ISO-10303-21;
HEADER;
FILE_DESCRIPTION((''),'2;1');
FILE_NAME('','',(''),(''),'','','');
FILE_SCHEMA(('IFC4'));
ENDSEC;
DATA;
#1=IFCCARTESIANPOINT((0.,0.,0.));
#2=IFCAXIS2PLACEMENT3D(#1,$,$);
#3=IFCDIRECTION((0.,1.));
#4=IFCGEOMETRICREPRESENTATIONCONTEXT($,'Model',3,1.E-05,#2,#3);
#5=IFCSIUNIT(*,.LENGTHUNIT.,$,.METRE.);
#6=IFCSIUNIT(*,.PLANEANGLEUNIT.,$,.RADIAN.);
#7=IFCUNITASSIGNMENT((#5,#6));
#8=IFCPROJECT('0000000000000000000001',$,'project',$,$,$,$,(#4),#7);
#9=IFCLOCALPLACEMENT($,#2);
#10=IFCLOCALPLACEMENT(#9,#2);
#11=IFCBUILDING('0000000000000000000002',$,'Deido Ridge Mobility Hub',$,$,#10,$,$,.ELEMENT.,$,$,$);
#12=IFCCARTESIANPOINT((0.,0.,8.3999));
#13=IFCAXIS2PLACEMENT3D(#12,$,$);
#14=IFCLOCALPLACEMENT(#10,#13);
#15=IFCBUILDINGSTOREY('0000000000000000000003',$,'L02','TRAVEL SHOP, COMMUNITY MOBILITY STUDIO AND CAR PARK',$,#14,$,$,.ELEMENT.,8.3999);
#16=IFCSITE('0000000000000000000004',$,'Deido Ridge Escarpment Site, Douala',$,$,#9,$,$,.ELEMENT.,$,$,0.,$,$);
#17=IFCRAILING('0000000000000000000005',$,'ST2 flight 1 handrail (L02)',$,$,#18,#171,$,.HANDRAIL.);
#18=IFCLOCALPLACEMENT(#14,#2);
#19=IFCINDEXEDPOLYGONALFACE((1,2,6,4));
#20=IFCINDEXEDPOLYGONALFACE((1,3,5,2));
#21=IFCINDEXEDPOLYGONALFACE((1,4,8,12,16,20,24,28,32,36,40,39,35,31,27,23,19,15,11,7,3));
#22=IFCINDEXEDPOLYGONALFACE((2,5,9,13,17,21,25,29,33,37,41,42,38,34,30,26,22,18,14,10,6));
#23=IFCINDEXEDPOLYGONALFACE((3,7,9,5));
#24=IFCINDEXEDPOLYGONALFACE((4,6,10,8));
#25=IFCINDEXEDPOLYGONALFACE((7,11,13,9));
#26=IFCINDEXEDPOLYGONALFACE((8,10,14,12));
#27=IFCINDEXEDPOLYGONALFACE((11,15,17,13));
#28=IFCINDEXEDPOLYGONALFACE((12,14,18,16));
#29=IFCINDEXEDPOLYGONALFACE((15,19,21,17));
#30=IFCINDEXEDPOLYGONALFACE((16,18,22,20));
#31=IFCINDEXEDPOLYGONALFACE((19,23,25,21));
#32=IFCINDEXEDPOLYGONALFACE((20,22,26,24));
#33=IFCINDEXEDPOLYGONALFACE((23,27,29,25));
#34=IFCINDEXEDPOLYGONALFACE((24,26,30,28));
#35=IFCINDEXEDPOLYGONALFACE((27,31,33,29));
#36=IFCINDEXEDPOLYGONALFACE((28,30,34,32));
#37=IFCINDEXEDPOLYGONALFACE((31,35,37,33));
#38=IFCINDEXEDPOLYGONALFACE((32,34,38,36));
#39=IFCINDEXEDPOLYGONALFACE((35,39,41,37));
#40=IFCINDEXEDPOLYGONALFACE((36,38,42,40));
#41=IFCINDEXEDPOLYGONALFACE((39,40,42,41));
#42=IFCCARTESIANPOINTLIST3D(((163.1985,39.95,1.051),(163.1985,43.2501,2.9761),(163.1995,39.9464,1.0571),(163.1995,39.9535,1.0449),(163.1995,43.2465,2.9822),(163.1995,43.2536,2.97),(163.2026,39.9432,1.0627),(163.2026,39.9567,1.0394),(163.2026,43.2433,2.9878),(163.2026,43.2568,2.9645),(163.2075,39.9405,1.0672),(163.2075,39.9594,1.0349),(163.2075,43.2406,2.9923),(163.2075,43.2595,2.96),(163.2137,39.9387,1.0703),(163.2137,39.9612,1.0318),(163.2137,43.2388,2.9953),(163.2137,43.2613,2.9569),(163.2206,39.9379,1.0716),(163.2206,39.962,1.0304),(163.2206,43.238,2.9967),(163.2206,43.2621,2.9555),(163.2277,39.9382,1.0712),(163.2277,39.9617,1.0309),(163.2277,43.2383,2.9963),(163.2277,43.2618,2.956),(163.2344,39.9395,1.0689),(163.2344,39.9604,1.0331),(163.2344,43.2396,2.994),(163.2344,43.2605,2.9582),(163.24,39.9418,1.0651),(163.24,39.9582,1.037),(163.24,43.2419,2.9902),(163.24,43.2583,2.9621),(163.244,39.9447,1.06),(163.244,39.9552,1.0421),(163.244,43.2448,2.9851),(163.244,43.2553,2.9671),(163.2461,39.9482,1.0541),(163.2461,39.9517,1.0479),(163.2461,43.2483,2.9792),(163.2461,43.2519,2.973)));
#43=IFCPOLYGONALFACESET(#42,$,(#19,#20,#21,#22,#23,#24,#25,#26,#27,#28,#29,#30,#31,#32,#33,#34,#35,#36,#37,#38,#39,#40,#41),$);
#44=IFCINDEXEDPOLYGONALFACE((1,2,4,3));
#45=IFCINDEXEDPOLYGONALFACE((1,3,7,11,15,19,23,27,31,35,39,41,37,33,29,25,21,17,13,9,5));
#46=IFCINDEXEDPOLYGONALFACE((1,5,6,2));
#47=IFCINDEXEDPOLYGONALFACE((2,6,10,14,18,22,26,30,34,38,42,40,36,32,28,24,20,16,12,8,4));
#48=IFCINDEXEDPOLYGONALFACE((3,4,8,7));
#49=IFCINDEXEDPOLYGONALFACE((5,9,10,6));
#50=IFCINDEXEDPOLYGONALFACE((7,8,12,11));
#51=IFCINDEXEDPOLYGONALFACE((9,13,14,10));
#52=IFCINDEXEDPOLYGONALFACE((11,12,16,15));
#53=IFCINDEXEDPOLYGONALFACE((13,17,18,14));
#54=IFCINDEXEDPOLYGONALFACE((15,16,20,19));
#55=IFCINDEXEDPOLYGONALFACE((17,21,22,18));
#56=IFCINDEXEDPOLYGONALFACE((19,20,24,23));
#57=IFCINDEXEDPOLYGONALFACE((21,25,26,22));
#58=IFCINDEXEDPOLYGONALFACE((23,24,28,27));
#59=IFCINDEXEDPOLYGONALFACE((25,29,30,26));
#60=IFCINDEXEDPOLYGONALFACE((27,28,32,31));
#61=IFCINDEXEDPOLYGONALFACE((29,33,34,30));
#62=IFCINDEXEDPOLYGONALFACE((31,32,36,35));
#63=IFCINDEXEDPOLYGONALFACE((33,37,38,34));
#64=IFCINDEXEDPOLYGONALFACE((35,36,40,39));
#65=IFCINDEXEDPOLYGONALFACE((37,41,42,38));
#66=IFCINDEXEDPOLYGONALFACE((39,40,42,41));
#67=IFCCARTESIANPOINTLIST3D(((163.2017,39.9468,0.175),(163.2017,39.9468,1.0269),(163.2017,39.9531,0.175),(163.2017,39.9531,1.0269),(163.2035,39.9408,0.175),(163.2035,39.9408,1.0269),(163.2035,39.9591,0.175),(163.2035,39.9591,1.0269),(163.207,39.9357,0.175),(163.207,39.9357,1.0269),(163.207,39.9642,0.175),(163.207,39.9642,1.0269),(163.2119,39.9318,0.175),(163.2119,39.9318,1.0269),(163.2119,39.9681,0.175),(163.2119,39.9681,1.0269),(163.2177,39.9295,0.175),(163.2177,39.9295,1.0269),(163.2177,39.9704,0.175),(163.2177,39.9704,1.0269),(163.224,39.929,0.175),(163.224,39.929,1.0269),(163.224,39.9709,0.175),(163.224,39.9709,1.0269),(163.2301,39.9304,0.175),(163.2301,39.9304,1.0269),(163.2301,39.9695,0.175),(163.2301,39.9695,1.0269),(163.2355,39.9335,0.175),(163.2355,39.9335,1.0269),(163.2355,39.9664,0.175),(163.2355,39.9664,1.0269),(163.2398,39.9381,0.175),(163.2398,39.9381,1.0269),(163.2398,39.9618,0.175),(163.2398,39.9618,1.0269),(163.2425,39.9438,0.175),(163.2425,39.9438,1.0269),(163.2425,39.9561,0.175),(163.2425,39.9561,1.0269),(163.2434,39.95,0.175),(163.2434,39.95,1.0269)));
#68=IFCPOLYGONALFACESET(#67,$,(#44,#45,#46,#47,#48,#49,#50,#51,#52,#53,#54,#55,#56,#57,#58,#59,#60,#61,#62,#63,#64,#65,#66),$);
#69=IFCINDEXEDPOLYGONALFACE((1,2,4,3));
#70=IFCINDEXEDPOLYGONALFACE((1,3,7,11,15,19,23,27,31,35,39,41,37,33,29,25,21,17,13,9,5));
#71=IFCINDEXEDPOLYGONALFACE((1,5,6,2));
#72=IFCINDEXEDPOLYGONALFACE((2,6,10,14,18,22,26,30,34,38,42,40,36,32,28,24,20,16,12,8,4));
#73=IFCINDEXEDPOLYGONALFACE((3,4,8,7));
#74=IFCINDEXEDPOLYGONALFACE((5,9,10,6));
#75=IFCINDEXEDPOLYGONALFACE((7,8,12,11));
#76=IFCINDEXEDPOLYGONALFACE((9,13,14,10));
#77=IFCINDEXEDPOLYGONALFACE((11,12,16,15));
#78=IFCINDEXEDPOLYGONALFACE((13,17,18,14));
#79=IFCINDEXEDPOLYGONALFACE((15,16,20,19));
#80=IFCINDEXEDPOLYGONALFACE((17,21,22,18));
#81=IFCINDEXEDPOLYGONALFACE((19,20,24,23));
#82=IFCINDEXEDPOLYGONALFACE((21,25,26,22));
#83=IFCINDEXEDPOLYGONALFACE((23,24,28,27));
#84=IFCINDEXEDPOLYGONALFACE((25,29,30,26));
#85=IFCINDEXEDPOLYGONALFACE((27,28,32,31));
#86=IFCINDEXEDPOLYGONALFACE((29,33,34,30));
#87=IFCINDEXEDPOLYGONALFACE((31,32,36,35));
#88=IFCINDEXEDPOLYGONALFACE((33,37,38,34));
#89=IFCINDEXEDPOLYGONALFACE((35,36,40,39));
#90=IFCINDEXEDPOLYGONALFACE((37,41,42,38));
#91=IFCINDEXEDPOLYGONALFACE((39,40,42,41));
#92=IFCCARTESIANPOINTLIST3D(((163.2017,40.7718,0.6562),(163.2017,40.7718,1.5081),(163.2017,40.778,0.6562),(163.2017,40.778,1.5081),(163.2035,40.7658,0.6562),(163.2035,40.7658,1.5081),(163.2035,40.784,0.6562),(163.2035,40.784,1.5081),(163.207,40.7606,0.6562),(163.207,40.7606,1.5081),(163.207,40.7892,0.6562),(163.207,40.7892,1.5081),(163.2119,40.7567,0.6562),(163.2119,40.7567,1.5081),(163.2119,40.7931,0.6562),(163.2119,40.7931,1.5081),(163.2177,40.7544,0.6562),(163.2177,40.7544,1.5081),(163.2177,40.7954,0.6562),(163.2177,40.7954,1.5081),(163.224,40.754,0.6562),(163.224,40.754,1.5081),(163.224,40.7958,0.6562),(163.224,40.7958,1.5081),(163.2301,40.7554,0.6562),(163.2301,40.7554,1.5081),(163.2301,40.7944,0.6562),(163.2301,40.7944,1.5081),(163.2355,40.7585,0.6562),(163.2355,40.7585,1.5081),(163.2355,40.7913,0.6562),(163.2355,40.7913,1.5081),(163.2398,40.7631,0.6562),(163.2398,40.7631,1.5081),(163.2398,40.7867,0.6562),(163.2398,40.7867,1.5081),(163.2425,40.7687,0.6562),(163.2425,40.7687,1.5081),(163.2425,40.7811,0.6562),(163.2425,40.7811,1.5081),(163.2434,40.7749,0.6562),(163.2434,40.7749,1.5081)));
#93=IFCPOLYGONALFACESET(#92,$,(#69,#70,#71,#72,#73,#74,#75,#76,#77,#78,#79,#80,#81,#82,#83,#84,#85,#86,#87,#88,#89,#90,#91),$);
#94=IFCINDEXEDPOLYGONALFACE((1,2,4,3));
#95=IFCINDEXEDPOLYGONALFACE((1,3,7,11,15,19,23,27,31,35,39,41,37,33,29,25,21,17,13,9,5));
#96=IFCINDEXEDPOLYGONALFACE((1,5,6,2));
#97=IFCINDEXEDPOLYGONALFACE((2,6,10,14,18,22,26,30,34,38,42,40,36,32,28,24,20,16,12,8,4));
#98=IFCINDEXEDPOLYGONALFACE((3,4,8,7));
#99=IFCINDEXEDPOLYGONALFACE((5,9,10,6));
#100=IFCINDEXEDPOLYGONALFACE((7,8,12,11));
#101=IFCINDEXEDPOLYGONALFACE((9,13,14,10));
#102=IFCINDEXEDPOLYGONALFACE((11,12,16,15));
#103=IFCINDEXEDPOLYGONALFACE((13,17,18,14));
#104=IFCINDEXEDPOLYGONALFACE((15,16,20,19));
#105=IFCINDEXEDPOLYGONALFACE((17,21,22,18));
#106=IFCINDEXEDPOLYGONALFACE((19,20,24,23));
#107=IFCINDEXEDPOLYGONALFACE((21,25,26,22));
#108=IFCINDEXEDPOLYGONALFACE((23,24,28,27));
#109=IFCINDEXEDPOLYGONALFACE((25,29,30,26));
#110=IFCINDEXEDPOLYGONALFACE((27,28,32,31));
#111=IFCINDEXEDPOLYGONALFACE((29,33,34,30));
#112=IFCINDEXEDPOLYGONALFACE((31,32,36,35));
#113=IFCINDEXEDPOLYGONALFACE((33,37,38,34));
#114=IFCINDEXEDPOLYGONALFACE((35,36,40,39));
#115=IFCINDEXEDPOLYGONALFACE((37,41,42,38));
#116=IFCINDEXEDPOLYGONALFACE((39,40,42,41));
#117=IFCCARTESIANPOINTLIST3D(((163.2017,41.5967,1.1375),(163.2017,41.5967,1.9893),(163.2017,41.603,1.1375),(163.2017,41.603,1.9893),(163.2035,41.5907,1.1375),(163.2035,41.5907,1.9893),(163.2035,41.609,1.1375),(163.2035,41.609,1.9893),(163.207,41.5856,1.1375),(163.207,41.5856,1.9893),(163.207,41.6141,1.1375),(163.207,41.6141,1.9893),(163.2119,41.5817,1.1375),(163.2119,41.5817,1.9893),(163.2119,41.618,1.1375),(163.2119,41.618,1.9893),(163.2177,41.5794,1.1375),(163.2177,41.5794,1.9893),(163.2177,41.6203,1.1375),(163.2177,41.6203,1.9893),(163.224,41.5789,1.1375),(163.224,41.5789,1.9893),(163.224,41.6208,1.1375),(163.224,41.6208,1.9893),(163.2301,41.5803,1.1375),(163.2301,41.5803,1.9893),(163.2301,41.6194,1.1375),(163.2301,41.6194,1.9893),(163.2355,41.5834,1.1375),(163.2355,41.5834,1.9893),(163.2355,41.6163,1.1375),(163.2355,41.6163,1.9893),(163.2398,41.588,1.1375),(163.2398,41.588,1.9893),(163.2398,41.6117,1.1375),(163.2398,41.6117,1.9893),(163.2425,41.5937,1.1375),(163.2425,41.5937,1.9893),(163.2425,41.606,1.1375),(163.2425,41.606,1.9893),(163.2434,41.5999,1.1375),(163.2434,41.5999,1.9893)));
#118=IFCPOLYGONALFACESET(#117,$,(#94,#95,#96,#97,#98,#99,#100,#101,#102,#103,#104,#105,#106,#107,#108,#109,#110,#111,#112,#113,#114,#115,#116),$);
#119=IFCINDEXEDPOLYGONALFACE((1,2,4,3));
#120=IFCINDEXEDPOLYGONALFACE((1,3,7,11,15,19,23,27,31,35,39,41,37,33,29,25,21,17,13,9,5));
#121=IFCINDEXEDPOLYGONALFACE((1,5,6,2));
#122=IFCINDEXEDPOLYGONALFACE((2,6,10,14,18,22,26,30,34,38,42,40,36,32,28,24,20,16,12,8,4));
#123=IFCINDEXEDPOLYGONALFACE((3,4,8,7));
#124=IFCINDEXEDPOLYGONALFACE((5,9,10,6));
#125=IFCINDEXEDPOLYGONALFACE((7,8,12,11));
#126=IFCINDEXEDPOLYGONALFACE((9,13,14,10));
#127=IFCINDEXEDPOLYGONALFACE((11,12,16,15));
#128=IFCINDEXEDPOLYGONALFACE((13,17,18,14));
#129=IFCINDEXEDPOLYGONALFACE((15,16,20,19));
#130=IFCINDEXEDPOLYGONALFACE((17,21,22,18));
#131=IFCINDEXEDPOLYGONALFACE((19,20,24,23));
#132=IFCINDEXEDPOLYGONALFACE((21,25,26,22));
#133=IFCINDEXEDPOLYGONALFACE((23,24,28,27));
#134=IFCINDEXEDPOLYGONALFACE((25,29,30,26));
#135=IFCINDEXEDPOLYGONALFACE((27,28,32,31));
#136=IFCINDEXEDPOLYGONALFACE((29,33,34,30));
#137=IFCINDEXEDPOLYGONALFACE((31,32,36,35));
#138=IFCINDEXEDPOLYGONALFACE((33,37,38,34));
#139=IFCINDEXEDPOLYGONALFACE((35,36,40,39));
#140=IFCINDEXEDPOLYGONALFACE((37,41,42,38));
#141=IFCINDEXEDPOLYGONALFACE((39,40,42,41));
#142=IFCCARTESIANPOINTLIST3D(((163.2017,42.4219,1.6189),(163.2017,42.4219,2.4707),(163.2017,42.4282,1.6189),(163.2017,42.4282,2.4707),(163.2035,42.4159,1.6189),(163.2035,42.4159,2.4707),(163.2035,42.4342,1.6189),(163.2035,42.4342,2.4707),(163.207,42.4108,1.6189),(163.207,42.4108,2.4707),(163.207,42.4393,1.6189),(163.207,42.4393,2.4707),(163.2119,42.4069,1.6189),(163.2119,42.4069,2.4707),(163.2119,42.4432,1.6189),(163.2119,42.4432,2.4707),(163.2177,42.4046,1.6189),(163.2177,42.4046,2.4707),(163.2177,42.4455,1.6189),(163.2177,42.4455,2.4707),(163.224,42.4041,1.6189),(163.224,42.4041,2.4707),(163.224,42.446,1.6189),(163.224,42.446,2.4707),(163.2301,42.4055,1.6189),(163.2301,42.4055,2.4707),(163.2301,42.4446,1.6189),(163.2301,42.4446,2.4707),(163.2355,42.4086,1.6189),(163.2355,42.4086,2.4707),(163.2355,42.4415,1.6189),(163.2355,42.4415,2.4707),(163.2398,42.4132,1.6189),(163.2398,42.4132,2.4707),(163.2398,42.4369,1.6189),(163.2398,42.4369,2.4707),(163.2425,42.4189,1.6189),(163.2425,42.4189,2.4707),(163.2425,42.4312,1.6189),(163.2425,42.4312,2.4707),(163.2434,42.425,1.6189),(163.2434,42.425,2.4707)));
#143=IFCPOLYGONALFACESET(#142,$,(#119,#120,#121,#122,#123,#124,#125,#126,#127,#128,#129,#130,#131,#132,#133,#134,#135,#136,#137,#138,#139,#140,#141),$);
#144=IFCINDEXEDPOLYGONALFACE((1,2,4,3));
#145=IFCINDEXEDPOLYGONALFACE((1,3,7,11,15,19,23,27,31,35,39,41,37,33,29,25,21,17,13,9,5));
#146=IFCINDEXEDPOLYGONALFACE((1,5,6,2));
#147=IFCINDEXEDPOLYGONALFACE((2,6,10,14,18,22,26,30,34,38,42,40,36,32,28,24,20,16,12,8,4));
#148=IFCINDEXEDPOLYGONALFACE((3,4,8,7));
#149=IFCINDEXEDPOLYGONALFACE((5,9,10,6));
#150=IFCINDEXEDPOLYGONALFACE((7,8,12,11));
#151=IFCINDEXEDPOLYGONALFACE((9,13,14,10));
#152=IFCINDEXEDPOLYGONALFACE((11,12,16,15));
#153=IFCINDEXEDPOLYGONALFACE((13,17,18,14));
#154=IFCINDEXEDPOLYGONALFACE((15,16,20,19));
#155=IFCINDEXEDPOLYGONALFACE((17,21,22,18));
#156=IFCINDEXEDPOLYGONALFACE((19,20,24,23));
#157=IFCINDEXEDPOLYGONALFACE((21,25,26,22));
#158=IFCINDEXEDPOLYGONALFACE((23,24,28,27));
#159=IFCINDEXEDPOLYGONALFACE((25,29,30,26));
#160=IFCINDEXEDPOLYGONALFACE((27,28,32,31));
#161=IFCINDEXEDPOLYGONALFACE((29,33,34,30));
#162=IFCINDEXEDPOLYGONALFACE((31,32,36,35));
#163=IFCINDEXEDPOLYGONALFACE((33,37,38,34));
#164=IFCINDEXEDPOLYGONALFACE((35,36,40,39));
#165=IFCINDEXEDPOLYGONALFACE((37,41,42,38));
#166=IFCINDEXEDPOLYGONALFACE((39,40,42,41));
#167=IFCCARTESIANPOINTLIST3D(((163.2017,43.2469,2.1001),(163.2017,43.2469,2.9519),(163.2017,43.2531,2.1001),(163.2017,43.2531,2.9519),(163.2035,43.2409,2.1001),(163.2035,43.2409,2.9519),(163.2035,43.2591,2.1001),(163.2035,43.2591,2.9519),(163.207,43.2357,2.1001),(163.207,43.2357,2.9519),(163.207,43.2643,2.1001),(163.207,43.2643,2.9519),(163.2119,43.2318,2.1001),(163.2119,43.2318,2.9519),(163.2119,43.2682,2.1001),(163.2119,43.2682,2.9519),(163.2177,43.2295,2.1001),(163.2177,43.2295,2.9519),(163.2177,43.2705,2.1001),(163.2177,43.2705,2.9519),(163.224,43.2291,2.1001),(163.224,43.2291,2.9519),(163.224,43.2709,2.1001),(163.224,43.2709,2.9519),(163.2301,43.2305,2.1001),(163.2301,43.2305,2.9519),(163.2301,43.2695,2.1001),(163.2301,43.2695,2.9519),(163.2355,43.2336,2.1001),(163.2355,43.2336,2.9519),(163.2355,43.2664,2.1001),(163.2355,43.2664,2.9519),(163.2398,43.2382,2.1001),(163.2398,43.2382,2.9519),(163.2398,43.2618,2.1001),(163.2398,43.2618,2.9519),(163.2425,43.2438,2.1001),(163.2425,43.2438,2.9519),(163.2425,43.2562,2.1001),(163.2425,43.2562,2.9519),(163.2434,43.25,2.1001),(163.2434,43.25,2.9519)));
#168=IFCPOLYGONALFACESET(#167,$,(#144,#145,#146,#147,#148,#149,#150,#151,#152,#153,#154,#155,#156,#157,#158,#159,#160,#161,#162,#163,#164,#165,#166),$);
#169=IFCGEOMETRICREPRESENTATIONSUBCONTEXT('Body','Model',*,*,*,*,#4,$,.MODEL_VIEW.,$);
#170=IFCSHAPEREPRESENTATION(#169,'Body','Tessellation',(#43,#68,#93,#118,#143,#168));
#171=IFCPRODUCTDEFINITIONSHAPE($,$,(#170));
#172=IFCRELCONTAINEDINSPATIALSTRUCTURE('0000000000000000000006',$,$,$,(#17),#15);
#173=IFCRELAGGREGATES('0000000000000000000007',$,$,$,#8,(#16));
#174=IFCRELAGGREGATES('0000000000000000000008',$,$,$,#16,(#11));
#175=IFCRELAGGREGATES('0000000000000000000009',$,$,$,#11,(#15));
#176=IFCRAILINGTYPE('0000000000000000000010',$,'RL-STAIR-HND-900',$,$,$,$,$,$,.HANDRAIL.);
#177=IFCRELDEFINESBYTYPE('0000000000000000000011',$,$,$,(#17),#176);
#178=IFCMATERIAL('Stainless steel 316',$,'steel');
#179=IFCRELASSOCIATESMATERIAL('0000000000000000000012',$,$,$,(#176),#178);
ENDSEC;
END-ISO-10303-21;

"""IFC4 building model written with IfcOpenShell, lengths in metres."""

from ifc_helpers import new_model, si_unit, direction, frame, origin, origin_2d, place, context, subcontext, project, spatial, circle, extrude, material, type_object, element, save


model = new_model("IFC4")

# Units and contexts
model_context = context("Model", 3, precision=1e-05, world=origin(), true_north=direction((0.0, 1.0)))
body_context = subcontext(model_context, "Body", "Model", "MODEL_VIEW")
ifc_project = project(units=[si_unit("LENGTHUNIT", "METRE"), si_unit("PLANEANGLEUNIT", "RADIAN")], contexts=[model_context])

# Site, building, storey
site_placement = place(None, origin())
site = spatial("IfcSite", under=ifc_project, at=site_placement, Name="Deido Ridge Escarpment Site, Douala", CompositionType="ELEMENT", RefElevation=0.0)
building_placement = place(site_placement, origin())
building = spatial("IfcBuilding", under=site, at=building_placement, Name="Deido Ridge Mobility Hub", CompositionType="ELEMENT")
storey_placement = place(building_placement, frame((0.0, 0.0, 8.3999)))
storey = spatial("IfcBuildingStorey", under=building, at=storey_placement, Name="L02", Description="TRAVEL SHOP, COMMUNITY MOBILITY STUDIO AND CAR PARK", CompositionType="ELEMENT", Elevation=8.3999)

# Shared definitions
ifc_material_1 = material(Name="Stainless steel 316", Category="steel")

# Railing
railing_type_1 = type_object("IfcRailingType", Name="RL-STAIR-HND-900", PredefinedType="HANDRAIL", material=ifc_material_1)
railing_1_placement = place(storey_placement, frame((163.2224, 39.95, 0.175)))
element("IfcRailing", 1, at=railing_1_placement, inside=storey, type_object=railing_type_1, Name="ST2 flight 1 handrail (L02)", PredefinedType="HANDRAIL", context=body_context, shape_type="SweptSolid", body=[
    extrude(circle(Radius=0.0239, at=origin_2d()), frame((0.0, 0.0, 0.876), z_axis=(0.0, 0.863777, 0.503875), x_axis=(-1.0, 0.0, 0.0)), (0.0, 0.0, 1.0), 3.8206),
    extrude(circle(Radius=0.021, at=origin_2d()), origin(), (0.0, 0.0, 1.0), 0.8518),
    extrude(circle(Radius=0.021, at=origin_2d()), frame((0.0, 0.825, 0.4812)), (0.0, 0.0, 1.0), 0.8518),
    extrude(circle(Radius=0.021, at=origin_2d()), frame((0.0, 1.6499, 0.9624)), (0.0, 0.0, 1.0), 0.8518),
    extrude(circle(Radius=0.021, at=origin_2d()), frame((0.0, 2.4751, 1.4438)), (0.0, 0.0, 1.0), 0.8518),
    extrude(circle(Radius=0.021, at=origin_2d()), frame((0.0, 3.3, 1.925)), (0.0, 0.0, 1.0), 0.8518),
])

save(model, "model.ifc")
